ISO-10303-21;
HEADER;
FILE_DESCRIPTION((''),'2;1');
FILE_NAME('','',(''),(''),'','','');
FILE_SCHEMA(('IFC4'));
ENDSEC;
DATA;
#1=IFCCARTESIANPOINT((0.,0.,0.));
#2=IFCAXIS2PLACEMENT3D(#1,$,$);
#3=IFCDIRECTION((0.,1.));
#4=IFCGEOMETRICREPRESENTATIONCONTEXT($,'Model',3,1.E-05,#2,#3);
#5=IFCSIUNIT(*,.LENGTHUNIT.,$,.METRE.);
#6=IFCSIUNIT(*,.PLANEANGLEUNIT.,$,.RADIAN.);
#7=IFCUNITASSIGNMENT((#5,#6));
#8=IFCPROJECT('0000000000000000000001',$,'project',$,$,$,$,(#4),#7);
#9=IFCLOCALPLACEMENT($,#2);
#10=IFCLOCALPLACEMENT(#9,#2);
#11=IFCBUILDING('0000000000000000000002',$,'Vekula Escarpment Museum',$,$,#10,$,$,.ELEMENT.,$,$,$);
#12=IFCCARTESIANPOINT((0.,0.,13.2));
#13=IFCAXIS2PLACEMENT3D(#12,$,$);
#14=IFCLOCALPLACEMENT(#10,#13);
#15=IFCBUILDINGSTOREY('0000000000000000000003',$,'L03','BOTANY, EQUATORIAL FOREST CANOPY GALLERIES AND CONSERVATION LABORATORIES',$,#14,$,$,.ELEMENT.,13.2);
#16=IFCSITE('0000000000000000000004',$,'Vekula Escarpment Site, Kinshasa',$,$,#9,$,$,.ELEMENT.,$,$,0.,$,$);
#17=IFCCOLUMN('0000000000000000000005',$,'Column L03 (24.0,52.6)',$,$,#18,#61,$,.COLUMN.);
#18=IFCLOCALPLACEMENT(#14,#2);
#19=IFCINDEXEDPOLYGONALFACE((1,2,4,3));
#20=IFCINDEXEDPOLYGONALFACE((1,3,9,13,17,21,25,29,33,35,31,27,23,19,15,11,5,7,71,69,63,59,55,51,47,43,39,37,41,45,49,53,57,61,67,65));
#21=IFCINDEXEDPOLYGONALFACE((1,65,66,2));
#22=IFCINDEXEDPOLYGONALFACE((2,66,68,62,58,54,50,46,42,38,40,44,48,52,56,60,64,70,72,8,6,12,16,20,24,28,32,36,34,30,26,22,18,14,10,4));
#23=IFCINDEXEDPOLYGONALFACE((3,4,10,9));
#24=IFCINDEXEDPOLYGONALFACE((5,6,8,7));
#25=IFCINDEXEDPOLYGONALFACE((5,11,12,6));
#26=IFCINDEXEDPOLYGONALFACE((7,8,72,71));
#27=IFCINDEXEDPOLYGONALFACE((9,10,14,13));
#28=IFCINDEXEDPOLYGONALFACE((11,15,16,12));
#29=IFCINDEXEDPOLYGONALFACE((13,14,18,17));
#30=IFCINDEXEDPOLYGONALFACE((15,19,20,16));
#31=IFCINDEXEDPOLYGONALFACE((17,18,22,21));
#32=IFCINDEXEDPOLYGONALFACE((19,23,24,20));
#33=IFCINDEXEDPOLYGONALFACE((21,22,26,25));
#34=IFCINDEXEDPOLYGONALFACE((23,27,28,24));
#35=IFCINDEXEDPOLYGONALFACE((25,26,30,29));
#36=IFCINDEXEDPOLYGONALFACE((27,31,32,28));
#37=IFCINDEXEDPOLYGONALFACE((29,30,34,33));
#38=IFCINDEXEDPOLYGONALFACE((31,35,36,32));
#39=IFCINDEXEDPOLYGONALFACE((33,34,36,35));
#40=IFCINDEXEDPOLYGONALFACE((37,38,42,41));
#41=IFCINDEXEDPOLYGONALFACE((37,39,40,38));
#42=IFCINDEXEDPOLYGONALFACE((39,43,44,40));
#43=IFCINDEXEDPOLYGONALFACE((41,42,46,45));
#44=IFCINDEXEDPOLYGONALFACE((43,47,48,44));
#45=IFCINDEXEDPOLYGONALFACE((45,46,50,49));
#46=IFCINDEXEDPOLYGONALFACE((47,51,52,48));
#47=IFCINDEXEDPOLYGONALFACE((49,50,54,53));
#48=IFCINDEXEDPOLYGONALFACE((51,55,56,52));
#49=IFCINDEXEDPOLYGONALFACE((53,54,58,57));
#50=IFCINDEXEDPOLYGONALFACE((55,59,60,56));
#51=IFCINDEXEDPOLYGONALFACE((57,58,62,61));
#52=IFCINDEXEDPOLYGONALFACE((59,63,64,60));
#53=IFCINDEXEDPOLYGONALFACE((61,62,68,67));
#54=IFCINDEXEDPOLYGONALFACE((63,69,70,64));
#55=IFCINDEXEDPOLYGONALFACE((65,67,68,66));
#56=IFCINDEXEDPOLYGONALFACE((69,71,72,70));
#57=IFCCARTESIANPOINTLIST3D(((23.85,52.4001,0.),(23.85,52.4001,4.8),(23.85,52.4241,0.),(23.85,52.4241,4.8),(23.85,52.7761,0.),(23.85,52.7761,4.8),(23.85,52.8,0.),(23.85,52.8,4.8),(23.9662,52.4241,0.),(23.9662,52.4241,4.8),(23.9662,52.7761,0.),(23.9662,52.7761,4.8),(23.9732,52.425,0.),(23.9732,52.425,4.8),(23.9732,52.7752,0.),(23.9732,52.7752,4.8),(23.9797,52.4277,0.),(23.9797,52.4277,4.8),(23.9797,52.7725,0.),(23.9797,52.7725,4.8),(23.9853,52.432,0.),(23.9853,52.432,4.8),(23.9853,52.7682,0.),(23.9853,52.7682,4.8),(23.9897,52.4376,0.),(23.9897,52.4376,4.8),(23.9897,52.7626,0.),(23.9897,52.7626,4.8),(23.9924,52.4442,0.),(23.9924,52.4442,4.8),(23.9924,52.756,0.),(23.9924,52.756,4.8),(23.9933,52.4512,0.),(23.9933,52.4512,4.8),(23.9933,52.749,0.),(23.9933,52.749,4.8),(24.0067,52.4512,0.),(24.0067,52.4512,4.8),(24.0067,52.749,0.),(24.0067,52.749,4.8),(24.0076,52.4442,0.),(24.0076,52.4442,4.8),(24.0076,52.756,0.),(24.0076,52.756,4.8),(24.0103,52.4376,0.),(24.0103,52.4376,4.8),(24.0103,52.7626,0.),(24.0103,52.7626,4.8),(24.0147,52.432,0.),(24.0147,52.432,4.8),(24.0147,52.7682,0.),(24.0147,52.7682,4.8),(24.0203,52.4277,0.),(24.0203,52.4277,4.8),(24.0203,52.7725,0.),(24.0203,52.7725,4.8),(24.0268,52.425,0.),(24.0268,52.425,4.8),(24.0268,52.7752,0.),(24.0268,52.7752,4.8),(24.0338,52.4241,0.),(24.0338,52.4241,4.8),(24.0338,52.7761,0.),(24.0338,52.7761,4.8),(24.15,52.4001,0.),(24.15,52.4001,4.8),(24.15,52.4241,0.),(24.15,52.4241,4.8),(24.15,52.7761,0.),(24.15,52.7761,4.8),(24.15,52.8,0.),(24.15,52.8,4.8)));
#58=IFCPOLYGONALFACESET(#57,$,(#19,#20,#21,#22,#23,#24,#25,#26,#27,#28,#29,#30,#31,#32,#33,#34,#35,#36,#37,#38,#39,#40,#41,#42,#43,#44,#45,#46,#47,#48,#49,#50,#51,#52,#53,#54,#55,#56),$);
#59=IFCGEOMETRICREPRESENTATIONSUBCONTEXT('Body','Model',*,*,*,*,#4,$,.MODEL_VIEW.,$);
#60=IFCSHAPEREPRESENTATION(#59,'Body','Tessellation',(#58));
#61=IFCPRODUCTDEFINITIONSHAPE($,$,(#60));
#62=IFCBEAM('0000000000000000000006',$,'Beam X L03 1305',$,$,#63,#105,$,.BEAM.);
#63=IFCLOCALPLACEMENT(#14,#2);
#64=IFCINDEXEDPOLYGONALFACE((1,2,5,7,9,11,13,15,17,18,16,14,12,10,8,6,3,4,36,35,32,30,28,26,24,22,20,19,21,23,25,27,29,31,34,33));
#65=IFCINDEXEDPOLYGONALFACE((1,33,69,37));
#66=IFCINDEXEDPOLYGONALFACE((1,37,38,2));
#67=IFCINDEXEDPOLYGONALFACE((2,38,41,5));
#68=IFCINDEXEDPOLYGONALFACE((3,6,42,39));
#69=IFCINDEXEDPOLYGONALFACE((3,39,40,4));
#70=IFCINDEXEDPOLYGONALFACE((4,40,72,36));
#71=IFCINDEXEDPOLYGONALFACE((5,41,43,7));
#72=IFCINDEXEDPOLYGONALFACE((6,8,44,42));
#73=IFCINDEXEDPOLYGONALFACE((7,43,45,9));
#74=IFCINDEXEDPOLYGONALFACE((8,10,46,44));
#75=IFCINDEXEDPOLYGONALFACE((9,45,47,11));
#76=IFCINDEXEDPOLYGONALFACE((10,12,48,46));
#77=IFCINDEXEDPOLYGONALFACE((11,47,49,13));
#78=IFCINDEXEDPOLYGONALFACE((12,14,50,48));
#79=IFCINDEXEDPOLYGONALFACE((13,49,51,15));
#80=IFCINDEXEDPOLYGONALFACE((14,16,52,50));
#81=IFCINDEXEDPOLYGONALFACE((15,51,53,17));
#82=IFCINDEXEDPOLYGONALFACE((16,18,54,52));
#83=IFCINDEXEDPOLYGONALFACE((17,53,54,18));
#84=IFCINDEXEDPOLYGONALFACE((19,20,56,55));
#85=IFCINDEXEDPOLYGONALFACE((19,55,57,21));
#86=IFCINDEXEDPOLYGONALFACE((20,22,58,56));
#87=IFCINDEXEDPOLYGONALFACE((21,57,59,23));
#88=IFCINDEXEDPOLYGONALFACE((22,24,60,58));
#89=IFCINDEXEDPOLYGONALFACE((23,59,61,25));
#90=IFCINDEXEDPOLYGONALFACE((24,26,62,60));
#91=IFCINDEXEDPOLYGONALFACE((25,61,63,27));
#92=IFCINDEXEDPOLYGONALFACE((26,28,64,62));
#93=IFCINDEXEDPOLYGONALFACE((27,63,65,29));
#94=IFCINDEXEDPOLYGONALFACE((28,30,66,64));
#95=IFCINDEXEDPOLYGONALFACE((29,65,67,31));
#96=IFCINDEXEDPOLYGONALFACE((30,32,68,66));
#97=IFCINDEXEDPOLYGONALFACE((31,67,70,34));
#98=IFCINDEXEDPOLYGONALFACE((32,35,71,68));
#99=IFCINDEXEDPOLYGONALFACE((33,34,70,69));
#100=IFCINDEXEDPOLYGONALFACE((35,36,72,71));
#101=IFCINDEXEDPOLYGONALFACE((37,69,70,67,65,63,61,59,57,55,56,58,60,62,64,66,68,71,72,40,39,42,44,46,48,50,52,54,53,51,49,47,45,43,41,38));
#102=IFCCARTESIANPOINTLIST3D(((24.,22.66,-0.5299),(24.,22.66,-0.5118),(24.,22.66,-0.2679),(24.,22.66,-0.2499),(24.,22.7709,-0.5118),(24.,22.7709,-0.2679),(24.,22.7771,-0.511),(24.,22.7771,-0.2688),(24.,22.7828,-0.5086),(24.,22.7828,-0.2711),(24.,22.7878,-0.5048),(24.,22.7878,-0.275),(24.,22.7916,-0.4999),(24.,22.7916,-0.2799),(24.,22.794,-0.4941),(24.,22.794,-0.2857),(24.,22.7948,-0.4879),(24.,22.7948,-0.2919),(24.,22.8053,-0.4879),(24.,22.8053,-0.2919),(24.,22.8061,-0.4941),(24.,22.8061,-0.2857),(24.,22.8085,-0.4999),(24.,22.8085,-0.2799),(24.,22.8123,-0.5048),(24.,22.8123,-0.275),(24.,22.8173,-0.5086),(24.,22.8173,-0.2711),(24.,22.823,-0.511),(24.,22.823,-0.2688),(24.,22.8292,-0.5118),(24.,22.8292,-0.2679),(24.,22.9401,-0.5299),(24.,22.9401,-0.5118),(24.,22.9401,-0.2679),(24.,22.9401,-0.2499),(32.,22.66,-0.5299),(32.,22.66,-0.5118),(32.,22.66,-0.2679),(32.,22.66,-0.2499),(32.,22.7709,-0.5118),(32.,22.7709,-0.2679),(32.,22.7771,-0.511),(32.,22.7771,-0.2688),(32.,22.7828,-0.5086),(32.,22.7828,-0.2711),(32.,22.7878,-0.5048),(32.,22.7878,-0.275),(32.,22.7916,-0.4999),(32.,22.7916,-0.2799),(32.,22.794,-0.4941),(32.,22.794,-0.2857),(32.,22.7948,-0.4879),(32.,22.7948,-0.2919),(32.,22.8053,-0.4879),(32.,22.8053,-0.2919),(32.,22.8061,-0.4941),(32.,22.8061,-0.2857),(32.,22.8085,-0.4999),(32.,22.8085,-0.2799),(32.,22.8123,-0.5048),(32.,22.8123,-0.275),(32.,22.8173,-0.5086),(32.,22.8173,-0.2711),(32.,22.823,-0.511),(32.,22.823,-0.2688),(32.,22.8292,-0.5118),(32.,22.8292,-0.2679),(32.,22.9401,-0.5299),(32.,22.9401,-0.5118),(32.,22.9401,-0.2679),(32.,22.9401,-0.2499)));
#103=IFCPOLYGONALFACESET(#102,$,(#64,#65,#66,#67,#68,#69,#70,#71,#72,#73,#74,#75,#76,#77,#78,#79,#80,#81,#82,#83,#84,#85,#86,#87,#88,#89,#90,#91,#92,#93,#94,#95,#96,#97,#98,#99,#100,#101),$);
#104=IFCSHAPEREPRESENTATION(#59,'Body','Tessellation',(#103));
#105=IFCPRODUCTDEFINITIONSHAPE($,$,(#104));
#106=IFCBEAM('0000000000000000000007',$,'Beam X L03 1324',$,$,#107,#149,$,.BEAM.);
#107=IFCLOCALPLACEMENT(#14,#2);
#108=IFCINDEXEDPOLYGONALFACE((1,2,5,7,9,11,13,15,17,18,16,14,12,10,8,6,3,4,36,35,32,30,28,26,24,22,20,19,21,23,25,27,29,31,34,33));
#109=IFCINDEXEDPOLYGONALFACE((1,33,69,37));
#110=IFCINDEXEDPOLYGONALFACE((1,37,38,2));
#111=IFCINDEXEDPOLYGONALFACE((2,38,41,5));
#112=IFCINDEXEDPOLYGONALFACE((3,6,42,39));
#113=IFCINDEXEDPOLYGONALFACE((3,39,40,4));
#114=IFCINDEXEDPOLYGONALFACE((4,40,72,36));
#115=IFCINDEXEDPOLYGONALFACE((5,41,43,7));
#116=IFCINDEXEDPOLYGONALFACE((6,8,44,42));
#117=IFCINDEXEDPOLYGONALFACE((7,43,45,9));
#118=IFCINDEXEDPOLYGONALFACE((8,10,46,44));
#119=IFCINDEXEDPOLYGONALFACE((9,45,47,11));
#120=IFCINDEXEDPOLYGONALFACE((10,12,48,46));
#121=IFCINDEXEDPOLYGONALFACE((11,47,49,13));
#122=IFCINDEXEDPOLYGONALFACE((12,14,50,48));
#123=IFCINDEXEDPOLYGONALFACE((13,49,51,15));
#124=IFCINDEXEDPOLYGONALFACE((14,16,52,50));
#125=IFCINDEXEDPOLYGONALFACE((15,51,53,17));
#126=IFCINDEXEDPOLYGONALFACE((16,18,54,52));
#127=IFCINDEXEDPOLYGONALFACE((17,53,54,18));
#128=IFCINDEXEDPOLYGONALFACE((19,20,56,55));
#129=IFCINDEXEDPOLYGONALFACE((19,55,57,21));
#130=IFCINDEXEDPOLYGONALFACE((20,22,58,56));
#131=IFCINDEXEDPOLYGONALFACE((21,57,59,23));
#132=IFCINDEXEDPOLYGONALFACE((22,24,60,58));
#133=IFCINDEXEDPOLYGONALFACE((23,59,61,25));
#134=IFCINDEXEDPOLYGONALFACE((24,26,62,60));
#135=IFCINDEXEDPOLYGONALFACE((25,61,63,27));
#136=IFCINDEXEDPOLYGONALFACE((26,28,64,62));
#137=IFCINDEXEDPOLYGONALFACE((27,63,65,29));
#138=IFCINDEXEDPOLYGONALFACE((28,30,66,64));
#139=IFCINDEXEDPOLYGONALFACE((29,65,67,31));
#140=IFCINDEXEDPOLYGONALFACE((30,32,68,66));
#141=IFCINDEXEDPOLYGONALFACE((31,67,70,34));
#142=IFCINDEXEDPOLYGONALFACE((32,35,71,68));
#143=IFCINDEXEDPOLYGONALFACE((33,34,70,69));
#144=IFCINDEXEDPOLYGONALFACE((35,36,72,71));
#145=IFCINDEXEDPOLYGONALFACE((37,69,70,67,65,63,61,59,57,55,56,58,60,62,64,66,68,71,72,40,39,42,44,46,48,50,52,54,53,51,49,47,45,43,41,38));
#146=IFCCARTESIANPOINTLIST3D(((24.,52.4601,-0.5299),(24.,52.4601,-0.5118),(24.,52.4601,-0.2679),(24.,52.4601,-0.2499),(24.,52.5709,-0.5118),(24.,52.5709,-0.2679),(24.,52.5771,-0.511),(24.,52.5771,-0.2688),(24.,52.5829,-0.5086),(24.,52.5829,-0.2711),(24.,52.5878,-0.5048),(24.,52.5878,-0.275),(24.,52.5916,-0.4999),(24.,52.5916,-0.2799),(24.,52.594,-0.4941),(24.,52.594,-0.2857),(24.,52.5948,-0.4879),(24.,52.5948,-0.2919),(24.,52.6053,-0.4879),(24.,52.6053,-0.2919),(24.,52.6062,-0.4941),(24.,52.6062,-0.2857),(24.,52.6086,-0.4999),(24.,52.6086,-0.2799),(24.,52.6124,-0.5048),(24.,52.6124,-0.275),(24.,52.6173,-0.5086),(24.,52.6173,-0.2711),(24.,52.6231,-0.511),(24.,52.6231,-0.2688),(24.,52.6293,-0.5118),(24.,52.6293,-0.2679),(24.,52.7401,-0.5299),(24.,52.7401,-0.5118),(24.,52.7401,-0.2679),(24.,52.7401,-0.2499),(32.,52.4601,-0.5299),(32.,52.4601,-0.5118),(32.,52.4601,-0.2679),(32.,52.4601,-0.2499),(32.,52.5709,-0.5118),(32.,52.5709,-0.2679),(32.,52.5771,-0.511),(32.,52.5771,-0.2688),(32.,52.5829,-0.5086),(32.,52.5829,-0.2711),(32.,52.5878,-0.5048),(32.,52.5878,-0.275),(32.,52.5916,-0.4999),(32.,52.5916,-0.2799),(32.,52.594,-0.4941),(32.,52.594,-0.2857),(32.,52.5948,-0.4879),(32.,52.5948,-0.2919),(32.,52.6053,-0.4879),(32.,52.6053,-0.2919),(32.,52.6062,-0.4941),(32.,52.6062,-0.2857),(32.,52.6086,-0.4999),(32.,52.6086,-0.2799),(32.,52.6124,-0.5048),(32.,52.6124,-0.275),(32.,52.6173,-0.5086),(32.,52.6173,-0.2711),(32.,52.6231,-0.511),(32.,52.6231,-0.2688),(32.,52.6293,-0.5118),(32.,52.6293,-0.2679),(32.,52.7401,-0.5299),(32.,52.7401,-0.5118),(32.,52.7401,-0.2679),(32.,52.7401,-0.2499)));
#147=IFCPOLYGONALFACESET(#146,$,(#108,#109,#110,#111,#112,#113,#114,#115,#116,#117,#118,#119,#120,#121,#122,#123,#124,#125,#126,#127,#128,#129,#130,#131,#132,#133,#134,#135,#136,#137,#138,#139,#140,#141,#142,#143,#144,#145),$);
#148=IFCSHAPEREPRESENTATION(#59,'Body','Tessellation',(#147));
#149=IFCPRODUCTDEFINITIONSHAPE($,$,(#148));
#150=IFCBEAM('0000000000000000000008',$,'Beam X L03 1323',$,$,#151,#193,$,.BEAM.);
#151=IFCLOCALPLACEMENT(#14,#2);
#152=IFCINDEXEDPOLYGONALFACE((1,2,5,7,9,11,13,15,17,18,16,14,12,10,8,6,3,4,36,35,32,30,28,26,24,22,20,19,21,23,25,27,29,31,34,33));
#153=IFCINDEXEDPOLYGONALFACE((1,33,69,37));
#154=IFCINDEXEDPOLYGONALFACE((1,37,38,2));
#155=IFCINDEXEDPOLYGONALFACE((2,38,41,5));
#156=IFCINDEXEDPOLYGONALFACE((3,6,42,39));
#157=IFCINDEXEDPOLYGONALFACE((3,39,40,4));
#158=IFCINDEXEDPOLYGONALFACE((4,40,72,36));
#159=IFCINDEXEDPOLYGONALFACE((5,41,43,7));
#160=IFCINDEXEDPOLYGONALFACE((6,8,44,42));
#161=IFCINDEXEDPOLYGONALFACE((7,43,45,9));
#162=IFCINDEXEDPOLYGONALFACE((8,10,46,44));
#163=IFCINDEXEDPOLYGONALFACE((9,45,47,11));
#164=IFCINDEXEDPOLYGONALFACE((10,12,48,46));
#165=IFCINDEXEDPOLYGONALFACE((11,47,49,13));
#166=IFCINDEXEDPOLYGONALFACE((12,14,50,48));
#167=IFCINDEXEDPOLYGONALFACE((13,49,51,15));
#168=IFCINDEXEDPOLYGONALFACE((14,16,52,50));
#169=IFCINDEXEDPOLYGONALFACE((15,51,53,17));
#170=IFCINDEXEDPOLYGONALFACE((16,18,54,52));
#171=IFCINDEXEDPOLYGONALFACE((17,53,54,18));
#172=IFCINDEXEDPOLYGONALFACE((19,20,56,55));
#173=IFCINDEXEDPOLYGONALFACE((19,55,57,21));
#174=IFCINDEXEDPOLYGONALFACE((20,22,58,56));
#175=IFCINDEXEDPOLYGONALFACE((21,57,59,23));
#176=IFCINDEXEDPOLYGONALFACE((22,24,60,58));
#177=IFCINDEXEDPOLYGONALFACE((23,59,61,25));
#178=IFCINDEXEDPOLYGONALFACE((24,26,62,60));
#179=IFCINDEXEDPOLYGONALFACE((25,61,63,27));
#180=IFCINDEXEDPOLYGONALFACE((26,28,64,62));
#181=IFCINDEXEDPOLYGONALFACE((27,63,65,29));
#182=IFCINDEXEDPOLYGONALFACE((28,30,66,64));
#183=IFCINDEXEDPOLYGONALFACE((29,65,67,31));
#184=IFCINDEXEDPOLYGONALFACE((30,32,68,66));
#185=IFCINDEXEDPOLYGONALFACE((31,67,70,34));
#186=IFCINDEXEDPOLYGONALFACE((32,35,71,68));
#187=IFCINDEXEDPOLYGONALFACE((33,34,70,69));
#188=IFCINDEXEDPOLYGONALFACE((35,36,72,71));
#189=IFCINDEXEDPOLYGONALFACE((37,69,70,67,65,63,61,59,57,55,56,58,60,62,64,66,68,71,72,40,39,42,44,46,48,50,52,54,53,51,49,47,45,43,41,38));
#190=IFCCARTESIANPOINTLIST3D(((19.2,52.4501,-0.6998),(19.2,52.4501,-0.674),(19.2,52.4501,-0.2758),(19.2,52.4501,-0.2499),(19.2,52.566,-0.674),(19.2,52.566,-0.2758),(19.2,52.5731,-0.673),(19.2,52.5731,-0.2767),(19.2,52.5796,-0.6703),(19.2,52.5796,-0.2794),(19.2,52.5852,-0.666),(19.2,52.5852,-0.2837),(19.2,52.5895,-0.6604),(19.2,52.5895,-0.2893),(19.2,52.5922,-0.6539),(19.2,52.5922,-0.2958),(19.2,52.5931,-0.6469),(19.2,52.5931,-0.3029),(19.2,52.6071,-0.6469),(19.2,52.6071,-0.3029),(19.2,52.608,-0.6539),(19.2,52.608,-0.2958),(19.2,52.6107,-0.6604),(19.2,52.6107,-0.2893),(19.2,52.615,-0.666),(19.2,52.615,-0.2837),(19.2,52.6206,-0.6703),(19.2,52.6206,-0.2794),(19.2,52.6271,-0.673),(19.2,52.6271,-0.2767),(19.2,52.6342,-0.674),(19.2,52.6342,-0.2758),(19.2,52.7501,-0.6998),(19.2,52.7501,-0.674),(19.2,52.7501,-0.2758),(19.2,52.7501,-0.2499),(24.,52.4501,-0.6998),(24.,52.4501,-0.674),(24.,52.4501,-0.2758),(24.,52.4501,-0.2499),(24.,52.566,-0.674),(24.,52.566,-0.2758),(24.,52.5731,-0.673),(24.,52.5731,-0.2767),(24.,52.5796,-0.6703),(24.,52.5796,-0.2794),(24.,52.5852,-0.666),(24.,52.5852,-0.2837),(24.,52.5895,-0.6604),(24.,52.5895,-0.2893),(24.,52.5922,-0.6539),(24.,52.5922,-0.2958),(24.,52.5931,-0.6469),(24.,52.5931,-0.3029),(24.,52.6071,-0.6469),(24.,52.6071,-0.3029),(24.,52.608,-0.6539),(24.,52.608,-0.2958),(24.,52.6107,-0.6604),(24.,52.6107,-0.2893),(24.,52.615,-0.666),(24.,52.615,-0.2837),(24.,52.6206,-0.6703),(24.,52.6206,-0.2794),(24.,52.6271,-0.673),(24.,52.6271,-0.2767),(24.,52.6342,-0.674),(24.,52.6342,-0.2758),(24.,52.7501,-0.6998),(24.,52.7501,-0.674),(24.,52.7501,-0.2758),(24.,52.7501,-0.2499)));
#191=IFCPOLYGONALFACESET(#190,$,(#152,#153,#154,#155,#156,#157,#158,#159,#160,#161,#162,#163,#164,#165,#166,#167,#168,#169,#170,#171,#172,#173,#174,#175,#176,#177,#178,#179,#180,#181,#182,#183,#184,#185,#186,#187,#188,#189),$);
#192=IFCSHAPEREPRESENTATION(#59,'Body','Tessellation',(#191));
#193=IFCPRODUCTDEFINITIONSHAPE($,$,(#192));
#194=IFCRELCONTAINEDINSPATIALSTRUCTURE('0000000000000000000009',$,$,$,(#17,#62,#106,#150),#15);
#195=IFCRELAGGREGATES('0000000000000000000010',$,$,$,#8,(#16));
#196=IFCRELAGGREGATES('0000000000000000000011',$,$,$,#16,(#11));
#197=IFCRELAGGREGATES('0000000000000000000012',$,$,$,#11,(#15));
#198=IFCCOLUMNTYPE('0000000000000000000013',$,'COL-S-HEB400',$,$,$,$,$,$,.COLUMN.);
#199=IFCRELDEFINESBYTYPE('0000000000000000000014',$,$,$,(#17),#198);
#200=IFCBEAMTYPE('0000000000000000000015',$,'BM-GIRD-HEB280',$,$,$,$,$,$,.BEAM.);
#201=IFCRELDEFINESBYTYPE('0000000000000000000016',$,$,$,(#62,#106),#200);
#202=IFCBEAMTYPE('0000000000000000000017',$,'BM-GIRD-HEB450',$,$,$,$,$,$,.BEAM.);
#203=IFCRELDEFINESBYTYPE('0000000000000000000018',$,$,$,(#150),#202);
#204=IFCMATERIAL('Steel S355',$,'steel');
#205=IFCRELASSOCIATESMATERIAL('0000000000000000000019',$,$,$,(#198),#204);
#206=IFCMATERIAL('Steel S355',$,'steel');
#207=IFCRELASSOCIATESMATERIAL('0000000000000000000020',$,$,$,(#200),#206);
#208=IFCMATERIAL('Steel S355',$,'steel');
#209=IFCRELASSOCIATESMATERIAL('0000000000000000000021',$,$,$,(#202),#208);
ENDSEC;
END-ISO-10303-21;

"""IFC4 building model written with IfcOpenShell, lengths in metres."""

from ifc_helpers import new_model, si_unit, direction, frame, origin, origin_2d, place, context, subcontext, project, spatial, i_section, extrude, material, material_profile, profile_set, type_object, element, save


model = new_model("IFC4")

# Units and contexts
model_context = context("Model", 3, precision=1e-05, world=origin(), true_north=direction((0.0, 1.0)))
body_context = subcontext(model_context, "Body", "Model", "MODEL_VIEW")
ifc_project = project(units=[si_unit("LENGTHUNIT", "METRE"), si_unit("PLANEANGLEUNIT", "RADIAN")], contexts=[model_context])

# Site, building, storey
site_placement = place(None, origin())
site = spatial("IfcSite", under=ifc_project, at=site_placement, Name="Vekula Escarpment Site, Kinshasa", CompositionType="ELEMENT", RefElevation=0.0)
building_placement = place(site_placement, origin())
building = spatial("IfcBuilding", under=site, at=building_placement, Name="Vekula Escarpment Museum", CompositionType="ELEMENT")
storey_placement = place(building_placement, frame((0.0, 0.0, 13.2)))
storey = spatial("IfcBuildingStorey", under=building, at=storey_placement, Name="L03", Description="BOTANY, EQUATORIAL FOREST CANOPY GALLERIES AND CONSERVATION LABORATORIES", CompositionType="ELEMENT", Elevation=13.2)

# Column
ifc_material_1 = material(Name="Steel S355", Category="steel")
ifc_material_profile_1 = material_profile(ifc_material_1, i_section(OverallWidth=0.3, OverallDepth=0.3999, WebThickness=0.0134, FlangeThickness=0.0239, FilletRadius=0.0271, at=origin_2d()), Name="HEB 400")
ifc_profile_set_1 = profile_set([ifc_material_profile_1], Name="Steel S355")
column_type = type_object("IfcColumnType", Name="COL-S-HEB400", PredefinedType="COLUMN", material=ifc_profile_set_1)
column_placement = place(storey_placement, frame((24.0, 52.6001, 0.0), z_axis=(0.0, 0.0, 1.0), x_axis=(1.0, 0.0, 0.0)))
element("IfcColumn", 1, at=column_placement, inside=storey, type_object=column_type, Name="Column L03 (24.0,52.6)", PredefinedType="COLUMN", context=body_context, shape_type="SweptSolid", body=[
    extrude(i_section(OverallWidth=0.3, OverallDepth=0.3999, WebThickness=0.0134, FlangeThickness=0.0239, FilletRadius=0.0271, at=origin_2d()), origin(), (0.0, 0.0, 1.0), 4.8),
])

# Beams
ifc_material_2 = material(Name="Steel S355", Category="steel")
ifc_material_profile_2 = material_profile(ifc_material_2, i_section(OverallWidth=0.28, OverallDepth=0.28, WebThickness=0.0105, FlangeThickness=0.0181, FilletRadius=0.0239, at=origin_2d()), Name="HEB 280")
ifc_profile_set_2 = profile_set([ifc_material_profile_2], Name="Steel S355")
beam_type_1 = type_object("IfcBeamType", Name="BM-GIRD-HEB280", PredefinedType="BEAM", material=ifc_profile_set_2)
for number, where, z_axis, x_axis, name in (
    (2, (24.0, 22.8, -0.3899), (1.0, 0.0, 0.0), (0.0, 1.0, 0.0), "Beam X L03 1305"),
    (3, (24.0, 52.6001, -0.3899), (1.0, 0.0, 0.0), (0.0, 1.0, 0.0), "Beam X L03 1324"),
):
    element("IfcBeam", number, at=place(storey_placement, frame(where, z_axis=z_axis, x_axis=x_axis)), inside=storey, type_object=beam_type_1, Name=name, PredefinedType="BEAM", context=body_context, shape_type="SweptSolid", body=[
        extrude(i_section(OverallWidth=0.28, OverallDepth=0.28, WebThickness=0.0105, FlangeThickness=0.0181, FilletRadius=0.0239, at=origin_2d()), origin(), (0.0, 0.0, 1.0), 8.0),
    ])
ifc_material_3 = material(Name="Steel S355", Category="steel")
ifc_material_profile_3 = material_profile(ifc_material_3, i_section(OverallWidth=0.3, OverallDepth=0.45, WebThickness=0.0139, FlangeThickness=0.0259, FilletRadius=0.0271, at=origin_2d()), Name="HEB 450")
ifc_profile_set_3 = profile_set([ifc_material_profile_3], Name="Steel S355")
beam_type_2 = type_object("IfcBeamType", Name="BM-GIRD-HEB450", PredefinedType="BEAM", material=ifc_profile_set_3)
beam_1_placement = place(storey_placement, frame((19.2, 52.6001, -0.4749), z_axis=(1.0, 0.0, 0.0), x_axis=(0.0, 1.0, 0.0)))
element("IfcBeam", 4, at=beam_1_placement, inside=storey, type_object=beam_type_2, Name="Beam X L03 1323", PredefinedType="BEAM", context=body_context, shape_type="SweptSolid", body=[
    extrude(i_section(OverallWidth=0.3, OverallDepth=0.45, WebThickness=0.0139, FlangeThickness=0.0259, FilletRadius=0.0271, at=origin_2d()), origin(), (0.0, 0.0, 1.0), 4.8),
])

save(model, "model.ifc")
